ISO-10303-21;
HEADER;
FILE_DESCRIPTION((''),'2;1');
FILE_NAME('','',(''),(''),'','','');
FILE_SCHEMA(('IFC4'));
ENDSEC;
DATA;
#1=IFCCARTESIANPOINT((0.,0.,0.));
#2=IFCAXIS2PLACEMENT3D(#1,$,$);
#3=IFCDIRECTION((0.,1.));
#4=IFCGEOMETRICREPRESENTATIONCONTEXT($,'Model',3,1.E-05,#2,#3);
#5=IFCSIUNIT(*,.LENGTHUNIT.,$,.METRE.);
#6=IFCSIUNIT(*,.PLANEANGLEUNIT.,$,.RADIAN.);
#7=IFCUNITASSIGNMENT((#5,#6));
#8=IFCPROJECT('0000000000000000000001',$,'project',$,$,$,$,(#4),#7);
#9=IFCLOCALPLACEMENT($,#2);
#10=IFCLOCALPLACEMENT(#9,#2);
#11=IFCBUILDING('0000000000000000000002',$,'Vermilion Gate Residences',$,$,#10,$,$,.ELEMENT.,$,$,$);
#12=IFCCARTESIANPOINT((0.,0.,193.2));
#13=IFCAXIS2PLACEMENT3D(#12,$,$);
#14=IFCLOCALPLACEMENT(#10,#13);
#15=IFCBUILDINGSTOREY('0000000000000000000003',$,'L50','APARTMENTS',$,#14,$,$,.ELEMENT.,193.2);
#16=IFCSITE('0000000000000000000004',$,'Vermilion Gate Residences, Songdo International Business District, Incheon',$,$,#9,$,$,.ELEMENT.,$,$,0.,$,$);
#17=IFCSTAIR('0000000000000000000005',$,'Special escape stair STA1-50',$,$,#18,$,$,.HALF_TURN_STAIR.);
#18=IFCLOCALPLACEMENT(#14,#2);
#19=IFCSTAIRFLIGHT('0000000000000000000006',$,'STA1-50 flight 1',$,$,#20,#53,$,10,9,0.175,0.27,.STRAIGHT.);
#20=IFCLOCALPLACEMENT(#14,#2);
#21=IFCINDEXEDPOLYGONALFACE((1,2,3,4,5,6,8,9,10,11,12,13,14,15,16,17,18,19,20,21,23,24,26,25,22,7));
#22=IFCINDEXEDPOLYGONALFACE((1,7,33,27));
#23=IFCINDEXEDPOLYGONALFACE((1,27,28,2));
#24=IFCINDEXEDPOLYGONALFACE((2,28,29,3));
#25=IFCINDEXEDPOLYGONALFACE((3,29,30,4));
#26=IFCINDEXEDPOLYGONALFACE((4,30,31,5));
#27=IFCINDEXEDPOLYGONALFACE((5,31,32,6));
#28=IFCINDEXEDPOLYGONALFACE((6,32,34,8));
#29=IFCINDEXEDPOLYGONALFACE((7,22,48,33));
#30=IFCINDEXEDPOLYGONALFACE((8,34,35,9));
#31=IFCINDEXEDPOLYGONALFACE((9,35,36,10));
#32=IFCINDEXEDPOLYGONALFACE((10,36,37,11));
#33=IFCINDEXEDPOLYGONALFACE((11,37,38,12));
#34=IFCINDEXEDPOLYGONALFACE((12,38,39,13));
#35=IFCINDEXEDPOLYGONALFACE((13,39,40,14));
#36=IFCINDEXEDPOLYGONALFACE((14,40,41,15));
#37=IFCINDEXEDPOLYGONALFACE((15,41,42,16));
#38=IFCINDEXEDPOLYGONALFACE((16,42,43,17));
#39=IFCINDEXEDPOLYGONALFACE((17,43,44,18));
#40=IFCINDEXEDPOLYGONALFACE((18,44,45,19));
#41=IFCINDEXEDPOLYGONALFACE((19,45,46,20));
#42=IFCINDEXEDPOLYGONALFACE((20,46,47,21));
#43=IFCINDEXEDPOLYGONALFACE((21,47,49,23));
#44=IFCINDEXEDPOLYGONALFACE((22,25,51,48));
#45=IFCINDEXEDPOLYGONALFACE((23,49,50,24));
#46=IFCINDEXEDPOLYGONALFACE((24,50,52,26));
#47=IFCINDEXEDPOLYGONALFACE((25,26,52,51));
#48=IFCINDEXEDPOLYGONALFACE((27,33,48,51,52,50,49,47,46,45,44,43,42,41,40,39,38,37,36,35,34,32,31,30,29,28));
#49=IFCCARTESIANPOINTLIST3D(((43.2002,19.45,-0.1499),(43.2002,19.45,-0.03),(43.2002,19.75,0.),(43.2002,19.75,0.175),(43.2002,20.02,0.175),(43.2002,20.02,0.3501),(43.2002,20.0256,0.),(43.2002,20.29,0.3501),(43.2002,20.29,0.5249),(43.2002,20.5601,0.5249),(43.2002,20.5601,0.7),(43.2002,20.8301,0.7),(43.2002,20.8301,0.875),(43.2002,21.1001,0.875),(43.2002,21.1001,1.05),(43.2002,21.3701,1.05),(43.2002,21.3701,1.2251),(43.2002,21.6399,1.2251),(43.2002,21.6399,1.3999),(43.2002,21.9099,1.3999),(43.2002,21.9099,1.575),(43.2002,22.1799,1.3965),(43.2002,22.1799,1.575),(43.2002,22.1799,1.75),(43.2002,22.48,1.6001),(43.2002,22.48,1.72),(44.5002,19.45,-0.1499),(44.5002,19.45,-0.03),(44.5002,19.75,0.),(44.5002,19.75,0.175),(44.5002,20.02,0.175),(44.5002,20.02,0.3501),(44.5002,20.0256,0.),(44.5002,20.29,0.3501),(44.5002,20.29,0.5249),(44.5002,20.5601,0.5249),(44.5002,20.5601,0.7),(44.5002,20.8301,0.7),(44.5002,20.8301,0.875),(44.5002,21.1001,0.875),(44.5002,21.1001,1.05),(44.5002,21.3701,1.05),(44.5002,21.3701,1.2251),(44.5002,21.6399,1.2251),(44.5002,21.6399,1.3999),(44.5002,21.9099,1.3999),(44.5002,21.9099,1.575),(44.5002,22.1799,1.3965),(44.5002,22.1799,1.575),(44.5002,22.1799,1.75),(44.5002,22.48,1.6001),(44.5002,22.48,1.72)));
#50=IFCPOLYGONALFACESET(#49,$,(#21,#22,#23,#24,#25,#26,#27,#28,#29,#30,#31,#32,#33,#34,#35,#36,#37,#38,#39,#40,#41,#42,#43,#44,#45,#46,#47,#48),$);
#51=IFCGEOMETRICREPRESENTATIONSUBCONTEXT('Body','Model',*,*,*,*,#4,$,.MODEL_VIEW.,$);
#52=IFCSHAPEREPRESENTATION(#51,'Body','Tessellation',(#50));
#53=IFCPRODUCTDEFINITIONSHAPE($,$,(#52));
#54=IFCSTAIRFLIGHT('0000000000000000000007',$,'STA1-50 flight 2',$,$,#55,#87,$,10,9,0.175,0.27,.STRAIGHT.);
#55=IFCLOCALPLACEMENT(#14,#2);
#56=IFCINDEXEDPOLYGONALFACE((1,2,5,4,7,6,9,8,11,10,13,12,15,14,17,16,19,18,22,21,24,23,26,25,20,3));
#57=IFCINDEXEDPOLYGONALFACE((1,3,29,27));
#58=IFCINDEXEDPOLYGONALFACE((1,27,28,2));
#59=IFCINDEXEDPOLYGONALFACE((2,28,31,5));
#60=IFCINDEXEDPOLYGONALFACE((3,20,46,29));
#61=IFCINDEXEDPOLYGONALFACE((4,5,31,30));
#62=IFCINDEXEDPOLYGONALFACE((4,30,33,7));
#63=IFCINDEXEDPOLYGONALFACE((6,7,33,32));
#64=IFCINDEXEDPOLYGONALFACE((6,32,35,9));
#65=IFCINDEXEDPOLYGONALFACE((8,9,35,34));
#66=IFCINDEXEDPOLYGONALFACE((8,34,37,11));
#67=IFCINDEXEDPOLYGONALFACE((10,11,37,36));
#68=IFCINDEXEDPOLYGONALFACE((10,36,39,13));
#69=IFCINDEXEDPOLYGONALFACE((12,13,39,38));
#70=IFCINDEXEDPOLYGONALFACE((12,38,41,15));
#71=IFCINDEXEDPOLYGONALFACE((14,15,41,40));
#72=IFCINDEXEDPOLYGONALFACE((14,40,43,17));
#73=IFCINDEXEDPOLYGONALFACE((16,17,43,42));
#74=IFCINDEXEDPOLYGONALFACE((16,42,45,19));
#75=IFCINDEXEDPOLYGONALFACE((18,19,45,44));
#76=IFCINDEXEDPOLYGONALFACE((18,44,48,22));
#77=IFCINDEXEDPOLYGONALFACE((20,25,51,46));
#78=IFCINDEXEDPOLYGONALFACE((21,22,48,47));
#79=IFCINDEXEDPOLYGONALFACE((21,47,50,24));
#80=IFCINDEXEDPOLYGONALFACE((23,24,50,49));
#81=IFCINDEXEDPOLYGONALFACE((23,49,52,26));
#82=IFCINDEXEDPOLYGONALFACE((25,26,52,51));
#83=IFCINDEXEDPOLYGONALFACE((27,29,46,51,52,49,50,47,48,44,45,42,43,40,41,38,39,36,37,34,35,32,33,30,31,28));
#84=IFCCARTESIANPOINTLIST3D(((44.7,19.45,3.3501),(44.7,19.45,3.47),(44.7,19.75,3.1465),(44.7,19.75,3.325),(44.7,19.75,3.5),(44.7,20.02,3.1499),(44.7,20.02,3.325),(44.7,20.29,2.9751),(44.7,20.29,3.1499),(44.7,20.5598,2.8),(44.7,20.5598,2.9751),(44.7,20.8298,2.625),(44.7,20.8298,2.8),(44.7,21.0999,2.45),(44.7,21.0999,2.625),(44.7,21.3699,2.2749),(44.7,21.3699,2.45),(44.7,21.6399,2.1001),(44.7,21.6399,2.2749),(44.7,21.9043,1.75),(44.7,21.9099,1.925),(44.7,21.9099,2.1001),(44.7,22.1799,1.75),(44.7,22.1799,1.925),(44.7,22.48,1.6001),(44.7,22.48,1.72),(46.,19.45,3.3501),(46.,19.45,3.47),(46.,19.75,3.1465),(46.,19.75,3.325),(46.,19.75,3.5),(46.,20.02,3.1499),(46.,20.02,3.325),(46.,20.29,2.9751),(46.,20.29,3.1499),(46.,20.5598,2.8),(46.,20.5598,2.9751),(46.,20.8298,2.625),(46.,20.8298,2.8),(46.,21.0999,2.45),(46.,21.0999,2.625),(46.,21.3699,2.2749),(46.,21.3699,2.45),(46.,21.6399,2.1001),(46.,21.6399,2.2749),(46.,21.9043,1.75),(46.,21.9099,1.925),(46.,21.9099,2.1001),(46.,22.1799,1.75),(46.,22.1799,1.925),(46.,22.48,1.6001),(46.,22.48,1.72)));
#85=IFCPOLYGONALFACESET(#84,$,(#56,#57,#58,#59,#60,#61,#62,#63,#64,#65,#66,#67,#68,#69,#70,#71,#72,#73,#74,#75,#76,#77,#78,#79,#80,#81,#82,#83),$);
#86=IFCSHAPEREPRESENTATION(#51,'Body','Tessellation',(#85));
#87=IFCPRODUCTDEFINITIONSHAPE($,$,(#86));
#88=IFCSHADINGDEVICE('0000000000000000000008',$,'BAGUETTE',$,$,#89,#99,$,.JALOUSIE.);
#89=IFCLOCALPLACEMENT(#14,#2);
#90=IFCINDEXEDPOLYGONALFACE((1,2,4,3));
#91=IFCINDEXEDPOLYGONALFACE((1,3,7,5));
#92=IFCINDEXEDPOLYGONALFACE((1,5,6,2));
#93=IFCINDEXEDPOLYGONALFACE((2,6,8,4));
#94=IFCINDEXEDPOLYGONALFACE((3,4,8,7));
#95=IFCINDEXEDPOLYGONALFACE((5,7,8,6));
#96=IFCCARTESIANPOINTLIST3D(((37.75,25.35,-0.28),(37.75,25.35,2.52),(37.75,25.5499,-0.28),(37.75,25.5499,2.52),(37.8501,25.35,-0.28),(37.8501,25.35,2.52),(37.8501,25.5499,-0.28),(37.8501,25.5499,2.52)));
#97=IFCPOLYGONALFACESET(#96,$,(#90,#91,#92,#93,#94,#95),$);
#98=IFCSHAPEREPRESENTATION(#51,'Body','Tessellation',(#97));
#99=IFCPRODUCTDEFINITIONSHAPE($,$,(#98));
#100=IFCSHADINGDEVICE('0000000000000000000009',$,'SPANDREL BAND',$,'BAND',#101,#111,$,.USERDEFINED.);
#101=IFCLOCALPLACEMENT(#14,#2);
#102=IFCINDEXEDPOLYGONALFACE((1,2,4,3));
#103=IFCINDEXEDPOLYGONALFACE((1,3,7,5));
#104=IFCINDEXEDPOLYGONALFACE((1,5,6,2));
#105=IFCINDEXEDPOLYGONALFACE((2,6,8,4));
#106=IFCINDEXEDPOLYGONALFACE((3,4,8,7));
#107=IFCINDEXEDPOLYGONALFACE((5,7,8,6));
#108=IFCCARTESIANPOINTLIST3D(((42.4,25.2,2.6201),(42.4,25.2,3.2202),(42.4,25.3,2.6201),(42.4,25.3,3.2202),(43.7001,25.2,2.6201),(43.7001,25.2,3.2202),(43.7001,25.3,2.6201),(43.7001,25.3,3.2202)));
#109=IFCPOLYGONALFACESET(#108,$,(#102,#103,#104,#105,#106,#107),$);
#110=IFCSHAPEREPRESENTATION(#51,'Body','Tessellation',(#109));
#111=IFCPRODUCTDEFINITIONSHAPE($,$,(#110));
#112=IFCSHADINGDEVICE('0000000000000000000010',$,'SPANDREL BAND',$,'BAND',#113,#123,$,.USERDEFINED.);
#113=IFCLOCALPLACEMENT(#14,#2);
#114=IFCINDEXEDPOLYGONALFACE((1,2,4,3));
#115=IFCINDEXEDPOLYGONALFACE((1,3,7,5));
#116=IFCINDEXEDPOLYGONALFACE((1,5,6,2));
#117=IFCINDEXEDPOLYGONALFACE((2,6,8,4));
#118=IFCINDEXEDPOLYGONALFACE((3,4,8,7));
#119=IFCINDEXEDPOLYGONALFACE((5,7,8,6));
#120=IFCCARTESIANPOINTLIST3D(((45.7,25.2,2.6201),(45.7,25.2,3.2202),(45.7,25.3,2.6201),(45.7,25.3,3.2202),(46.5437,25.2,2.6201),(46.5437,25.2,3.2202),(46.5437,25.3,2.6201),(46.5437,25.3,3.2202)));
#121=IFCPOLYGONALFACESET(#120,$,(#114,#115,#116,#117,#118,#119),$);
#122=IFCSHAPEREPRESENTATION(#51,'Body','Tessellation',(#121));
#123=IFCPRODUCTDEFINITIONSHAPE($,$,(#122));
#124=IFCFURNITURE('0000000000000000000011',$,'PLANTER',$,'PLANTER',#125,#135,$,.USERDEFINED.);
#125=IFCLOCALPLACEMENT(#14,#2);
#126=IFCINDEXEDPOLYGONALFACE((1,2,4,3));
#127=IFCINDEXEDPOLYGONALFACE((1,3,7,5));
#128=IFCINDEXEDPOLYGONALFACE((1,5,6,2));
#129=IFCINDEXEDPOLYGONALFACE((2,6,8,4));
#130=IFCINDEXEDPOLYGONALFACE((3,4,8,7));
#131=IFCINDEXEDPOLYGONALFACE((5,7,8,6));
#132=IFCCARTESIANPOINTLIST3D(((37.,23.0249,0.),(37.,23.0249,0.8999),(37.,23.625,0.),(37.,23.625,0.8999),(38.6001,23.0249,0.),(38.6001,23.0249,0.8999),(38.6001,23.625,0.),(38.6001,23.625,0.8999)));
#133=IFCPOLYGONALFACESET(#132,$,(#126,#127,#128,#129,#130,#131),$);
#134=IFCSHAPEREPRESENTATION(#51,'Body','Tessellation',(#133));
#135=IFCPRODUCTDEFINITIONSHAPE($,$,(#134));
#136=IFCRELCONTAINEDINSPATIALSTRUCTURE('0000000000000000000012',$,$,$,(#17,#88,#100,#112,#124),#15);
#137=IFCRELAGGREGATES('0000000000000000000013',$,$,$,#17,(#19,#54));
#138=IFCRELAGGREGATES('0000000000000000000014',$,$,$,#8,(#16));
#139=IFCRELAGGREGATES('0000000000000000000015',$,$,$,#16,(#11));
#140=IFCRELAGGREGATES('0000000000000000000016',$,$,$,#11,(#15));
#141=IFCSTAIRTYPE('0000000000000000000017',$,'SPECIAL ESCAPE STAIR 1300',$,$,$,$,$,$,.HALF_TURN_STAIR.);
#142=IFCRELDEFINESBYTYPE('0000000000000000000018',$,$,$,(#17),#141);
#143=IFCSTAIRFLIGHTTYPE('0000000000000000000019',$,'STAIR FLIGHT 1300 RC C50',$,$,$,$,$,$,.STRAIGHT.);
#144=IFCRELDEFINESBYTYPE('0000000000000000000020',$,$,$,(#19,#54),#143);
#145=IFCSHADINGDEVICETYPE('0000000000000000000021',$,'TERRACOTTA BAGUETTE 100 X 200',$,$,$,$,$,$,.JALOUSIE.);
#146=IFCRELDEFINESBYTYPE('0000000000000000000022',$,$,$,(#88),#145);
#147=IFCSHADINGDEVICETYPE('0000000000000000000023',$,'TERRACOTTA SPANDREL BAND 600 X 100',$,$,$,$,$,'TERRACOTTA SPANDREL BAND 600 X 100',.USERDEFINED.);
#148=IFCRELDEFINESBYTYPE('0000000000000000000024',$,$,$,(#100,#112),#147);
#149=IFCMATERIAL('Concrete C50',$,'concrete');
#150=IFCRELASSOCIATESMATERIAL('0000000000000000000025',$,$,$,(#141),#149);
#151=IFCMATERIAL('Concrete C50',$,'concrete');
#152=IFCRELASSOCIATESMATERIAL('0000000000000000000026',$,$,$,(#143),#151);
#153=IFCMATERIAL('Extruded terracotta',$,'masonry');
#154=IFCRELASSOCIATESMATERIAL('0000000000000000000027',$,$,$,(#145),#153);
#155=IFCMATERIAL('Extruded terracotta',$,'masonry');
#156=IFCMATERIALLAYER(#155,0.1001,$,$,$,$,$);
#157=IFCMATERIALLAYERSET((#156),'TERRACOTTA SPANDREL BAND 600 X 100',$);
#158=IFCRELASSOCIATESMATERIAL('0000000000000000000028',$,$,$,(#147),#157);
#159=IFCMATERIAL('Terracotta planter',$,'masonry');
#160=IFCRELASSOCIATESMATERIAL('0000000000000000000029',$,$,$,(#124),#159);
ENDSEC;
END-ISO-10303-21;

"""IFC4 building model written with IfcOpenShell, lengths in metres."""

from ifc_helpers import new_model, si_unit, direction, frame, origin, origin_2d, place, context, subcontext, project, spatial, polyline, rectangle, outline, extrude, material, layer, layer_set, material_profile, profile_set, type_object, element, aggregate, save


model = new_model("IFC4")

# Units and contexts
model_context = context("Model", 3, precision=1e-05, world=origin(), true_north=direction((0.0, 1.0)))
body_context = subcontext(model_context, "Body", "Model", "MODEL_VIEW")
ifc_project = project(units=[si_unit("LENGTHUNIT", "METRE"), si_unit("PLANEANGLEUNIT", "RADIAN")], contexts=[model_context])

# Site, building, storey
site_placement = place(None, origin())
site = spatial("IfcSite", under=ifc_project, at=site_placement, Name="Vermilion Gate Residences, Songdo International Business District, Incheon", CompositionType="ELEMENT", RefElevation=0.0)
building_placement = place(site_placement, origin())
building = spatial("IfcBuilding", under=site, at=building_placement, Name="Vermilion Gate Residences", CompositionType="ELEMENT")
storey_placement = place(building_placement, frame((0.0, 0.0, 193.2)))
storey = spatial("IfcBuildingStorey", under=building, at=storey_placement, Name="L50", Description="APARTMENTS", CompositionType="ELEMENT", Elevation=193.2)

# Stair, stair flights
ifc_material_1 = material(Name="Concrete C50", Category="concrete")
stair_type = type_object("IfcStairType", Name="SPECIAL ESCAPE STAIR 1300", PredefinedType="HALF_TURN_STAIR", material=ifc_material_1)
stair_placement = place(storey_placement, origin())
stair = element("IfcStair", 1, at=stair_placement, inside=storey, type_object=stair_type, Name="Special escape stair STA1-50", PredefinedType="HALF_TURN_STAIR")
ifc_material_2 = material(Name="Concrete C50", Category="concrete")
stair_flight_type = type_object("IfcStairFlightType", Name="STAIR FLIGHT 1300 RC C50", PredefinedType="STRAIGHT", material=ifc_material_2)
stair_flight_1_placement = place(storey_placement, frame((43.8501, 19.75, 0.0), z_axis=(0.0, 0.0, 1.0), x_axis=(0.0, 1.0, 0.0)))
stair_flight_1 = element("IfcStairFlight", 2, at=stair_flight_1_placement, type_object=stair_flight_type, Name="STA1-50 flight 1", NumberOfRisers=10, NumberOfTreads=9, PredefinedType="STRAIGHT", RiserHeight=0.175, TreadLength=0.27, context=body_context, shape_type="SweptSolid", body=[
    extrude(outline(polyline([(-0.3, -0.1499), (-0.3, -0.03), (0.0, 0.0), (0.0, 0.175), (0.27, 0.175), (0.27, 0.3501), (0.54, 0.3501), (0.54, 0.5249), (0.8101, 0.5249), (0.8101, 0.7), (1.0801, 0.7), (1.0801, 0.875), (1.3501, 0.875), (1.3501, 1.05), (1.6201, 1.05), (1.6201, 1.2251), (1.8899, 1.2251), (1.8899, 1.3999), (2.1599, 1.3999), (2.1599, 1.575), (2.4299, 1.575), (2.4299, 1.75), (2.73, 1.72), (2.73, 1.6001), (2.4299, 1.3965), (0.2756, 0.0), (-0.3, -0.1499)])), frame((0.0, 0.6499, 0.0), z_axis=(0.0, -1.0, 0.0), x_axis=(1.0, 0.0, 0.0)), (0.0, 0.0, 1.0), 1.3),
])
stair_flight_2_placement = place(storey_placement, frame((45.3501, 22.1799, 1.75), z_axis=(0.0, 0.0, 1.0), x_axis=(0.0, -1.0, 0.0)))
stair_flight_2 = element("IfcStairFlight", 3, at=stair_flight_2_placement, type_object=stair_flight_type, Name="STA1-50 flight 2", NumberOfRisers=10, NumberOfTreads=9, PredefinedType="STRAIGHT", RiserHeight=0.175, TreadLength=0.27, context=body_context, shape_type="SweptSolid", body=[
    extrude(outline(polyline([(-0.3, -0.1499), (-0.3, -0.03), (0.0, 0.0), (0.0, 0.175), (0.27, 0.175), (0.27, 0.3501), (0.54, 0.3501), (0.54, 0.5249), (0.8101, 0.5249), (0.8101, 0.7), (1.0801, 0.7), (1.0801, 0.875), (1.3501, 0.875), (1.3501, 1.05), (1.6201, 1.05), (1.6201, 1.2251), (1.8899, 1.2251), (1.8899, 1.3999), (2.1599, 1.3999), (2.1599, 1.575), (2.4299, 1.575), (2.4299, 1.75), (2.73, 1.72), (2.73, 1.6001), (2.4299, 1.3965), (0.2756, 0.0), (-0.3, -0.1499)])), frame((0.0, 0.6499, 0.0), z_axis=(0.0, -1.0, 0.0), x_axis=(1.0, 0.0, 0.0)), (0.0, 0.0, 1.0), 1.3),
])
aggregate(stair, [stair_flight_1, stair_flight_2])

# Shading devices
ifc_material_3 = material(Name="Extruded terracotta", Category="masonry")
ifc_material_profile = material_profile(ifc_material_3, rectangle(XDim=0.2, YDim=0.1001, at=origin_2d()), Name="BAGUETTE 100 X 200")
ifc_profile_set = profile_set([ifc_material_profile], Name="Extruded terracotta")
shading_device_type_1 = type_object("IfcShadingDeviceType", Name="TERRACOTTA BAGUETTE 100 X 200", PredefinedType="JALOUSIE", material=ifc_profile_set)
shading_device_1_placement = place(storey_placement, frame((37.8, 25.45, -0.28), z_axis=(0.0, 0.0, 1.0), x_axis=(0.0, -1.0, 0.0)))
element("IfcShadingDevice", 4, at=shading_device_1_placement, inside=storey, type_object=shading_device_type_1, Name="BAGUETTE", PredefinedType="JALOUSIE", context=body_context, shape_type="SweptSolid", body=[
    extrude(rectangle(XDim=0.2, YDim=0.1001, at=origin_2d()), origin(), (0.0, 0.0, 1.0), 2.8),
])
ifc_material_4 = material(Name="Extruded terracotta", Category="masonry")
ifc_layer_1 = layer(ifc_material_4, 0.1001)
ifc_layer_set_1 = layer_set([ifc_layer_1], Name="TERRACOTTA SPANDREL BAND 600 X 100")
shading_device_type_2 = type_object("IfcShadingDeviceType", Name="TERRACOTTA SPANDREL BAND 600 X 100", ElementType="TERRACOTTA SPANDREL BAND 600 X 100", PredefinedType="USERDEFINED", material=ifc_layer_set_1)
shading_device_2_placement = place(storey_placement, frame((43.05, 25.25, 2.6201), z_axis=(0.0, 0.0, 1.0), x_axis=(1.0, 0.0, 0.0)))
element("IfcShadingDevice", 5, at=shading_device_2_placement, inside=storey, type_object=shading_device_type_2, Name="SPANDREL BAND", ObjectType="BAND", PredefinedType="USERDEFINED", context=body_context, shape_type="SweptSolid", body=[
    extrude(rectangle(XDim=1.3, YDim=0.1001, at=origin_2d()), origin(), (0.0, 0.0, 1.0), 0.6001),
])
shading_device_3_placement = place(storey_placement, frame((46.1218, 25.25, 2.6201), z_axis=(0.0, 0.0, 1.0), x_axis=(1.0, 0.0, 0.0)))
element("IfcShadingDevice", 6, at=shading_device_3_placement, inside=storey, type_object=shading_device_type_2, Name="SPANDREL BAND", ObjectType="BAND", PredefinedType="USERDEFINED", context=body_context, shape_type="SweptSolid", body=[
    extrude(rectangle(XDim=0.8438, YDim=0.1001, at=origin_2d()), origin(), (0.0, 0.0, 1.0), 0.6001),
])

# Furniture
ifc_material_5 = material(Name="Terracotta planter", Category="masonry")
furniture_placement = place(storey_placement, frame((37.8, 23.325, 0.0), z_axis=(0.0, 0.0, 1.0), x_axis=(-1.0, 0.0, 0.0)))
element("IfcFurniture", 7, at=furniture_placement, inside=storey, material=ifc_material_5, Name="PLANTER", ObjectType="PLANTER", PredefinedType="USERDEFINED", context=body_context, shape_type="SweptSolid", body=[
    extrude(rectangle(XDim=1.6001, YDim=0.6001, at=origin_2d()), origin(), (0.0, 0.0, 1.0), 0.8999),
])

save(model, "model.ifc")
